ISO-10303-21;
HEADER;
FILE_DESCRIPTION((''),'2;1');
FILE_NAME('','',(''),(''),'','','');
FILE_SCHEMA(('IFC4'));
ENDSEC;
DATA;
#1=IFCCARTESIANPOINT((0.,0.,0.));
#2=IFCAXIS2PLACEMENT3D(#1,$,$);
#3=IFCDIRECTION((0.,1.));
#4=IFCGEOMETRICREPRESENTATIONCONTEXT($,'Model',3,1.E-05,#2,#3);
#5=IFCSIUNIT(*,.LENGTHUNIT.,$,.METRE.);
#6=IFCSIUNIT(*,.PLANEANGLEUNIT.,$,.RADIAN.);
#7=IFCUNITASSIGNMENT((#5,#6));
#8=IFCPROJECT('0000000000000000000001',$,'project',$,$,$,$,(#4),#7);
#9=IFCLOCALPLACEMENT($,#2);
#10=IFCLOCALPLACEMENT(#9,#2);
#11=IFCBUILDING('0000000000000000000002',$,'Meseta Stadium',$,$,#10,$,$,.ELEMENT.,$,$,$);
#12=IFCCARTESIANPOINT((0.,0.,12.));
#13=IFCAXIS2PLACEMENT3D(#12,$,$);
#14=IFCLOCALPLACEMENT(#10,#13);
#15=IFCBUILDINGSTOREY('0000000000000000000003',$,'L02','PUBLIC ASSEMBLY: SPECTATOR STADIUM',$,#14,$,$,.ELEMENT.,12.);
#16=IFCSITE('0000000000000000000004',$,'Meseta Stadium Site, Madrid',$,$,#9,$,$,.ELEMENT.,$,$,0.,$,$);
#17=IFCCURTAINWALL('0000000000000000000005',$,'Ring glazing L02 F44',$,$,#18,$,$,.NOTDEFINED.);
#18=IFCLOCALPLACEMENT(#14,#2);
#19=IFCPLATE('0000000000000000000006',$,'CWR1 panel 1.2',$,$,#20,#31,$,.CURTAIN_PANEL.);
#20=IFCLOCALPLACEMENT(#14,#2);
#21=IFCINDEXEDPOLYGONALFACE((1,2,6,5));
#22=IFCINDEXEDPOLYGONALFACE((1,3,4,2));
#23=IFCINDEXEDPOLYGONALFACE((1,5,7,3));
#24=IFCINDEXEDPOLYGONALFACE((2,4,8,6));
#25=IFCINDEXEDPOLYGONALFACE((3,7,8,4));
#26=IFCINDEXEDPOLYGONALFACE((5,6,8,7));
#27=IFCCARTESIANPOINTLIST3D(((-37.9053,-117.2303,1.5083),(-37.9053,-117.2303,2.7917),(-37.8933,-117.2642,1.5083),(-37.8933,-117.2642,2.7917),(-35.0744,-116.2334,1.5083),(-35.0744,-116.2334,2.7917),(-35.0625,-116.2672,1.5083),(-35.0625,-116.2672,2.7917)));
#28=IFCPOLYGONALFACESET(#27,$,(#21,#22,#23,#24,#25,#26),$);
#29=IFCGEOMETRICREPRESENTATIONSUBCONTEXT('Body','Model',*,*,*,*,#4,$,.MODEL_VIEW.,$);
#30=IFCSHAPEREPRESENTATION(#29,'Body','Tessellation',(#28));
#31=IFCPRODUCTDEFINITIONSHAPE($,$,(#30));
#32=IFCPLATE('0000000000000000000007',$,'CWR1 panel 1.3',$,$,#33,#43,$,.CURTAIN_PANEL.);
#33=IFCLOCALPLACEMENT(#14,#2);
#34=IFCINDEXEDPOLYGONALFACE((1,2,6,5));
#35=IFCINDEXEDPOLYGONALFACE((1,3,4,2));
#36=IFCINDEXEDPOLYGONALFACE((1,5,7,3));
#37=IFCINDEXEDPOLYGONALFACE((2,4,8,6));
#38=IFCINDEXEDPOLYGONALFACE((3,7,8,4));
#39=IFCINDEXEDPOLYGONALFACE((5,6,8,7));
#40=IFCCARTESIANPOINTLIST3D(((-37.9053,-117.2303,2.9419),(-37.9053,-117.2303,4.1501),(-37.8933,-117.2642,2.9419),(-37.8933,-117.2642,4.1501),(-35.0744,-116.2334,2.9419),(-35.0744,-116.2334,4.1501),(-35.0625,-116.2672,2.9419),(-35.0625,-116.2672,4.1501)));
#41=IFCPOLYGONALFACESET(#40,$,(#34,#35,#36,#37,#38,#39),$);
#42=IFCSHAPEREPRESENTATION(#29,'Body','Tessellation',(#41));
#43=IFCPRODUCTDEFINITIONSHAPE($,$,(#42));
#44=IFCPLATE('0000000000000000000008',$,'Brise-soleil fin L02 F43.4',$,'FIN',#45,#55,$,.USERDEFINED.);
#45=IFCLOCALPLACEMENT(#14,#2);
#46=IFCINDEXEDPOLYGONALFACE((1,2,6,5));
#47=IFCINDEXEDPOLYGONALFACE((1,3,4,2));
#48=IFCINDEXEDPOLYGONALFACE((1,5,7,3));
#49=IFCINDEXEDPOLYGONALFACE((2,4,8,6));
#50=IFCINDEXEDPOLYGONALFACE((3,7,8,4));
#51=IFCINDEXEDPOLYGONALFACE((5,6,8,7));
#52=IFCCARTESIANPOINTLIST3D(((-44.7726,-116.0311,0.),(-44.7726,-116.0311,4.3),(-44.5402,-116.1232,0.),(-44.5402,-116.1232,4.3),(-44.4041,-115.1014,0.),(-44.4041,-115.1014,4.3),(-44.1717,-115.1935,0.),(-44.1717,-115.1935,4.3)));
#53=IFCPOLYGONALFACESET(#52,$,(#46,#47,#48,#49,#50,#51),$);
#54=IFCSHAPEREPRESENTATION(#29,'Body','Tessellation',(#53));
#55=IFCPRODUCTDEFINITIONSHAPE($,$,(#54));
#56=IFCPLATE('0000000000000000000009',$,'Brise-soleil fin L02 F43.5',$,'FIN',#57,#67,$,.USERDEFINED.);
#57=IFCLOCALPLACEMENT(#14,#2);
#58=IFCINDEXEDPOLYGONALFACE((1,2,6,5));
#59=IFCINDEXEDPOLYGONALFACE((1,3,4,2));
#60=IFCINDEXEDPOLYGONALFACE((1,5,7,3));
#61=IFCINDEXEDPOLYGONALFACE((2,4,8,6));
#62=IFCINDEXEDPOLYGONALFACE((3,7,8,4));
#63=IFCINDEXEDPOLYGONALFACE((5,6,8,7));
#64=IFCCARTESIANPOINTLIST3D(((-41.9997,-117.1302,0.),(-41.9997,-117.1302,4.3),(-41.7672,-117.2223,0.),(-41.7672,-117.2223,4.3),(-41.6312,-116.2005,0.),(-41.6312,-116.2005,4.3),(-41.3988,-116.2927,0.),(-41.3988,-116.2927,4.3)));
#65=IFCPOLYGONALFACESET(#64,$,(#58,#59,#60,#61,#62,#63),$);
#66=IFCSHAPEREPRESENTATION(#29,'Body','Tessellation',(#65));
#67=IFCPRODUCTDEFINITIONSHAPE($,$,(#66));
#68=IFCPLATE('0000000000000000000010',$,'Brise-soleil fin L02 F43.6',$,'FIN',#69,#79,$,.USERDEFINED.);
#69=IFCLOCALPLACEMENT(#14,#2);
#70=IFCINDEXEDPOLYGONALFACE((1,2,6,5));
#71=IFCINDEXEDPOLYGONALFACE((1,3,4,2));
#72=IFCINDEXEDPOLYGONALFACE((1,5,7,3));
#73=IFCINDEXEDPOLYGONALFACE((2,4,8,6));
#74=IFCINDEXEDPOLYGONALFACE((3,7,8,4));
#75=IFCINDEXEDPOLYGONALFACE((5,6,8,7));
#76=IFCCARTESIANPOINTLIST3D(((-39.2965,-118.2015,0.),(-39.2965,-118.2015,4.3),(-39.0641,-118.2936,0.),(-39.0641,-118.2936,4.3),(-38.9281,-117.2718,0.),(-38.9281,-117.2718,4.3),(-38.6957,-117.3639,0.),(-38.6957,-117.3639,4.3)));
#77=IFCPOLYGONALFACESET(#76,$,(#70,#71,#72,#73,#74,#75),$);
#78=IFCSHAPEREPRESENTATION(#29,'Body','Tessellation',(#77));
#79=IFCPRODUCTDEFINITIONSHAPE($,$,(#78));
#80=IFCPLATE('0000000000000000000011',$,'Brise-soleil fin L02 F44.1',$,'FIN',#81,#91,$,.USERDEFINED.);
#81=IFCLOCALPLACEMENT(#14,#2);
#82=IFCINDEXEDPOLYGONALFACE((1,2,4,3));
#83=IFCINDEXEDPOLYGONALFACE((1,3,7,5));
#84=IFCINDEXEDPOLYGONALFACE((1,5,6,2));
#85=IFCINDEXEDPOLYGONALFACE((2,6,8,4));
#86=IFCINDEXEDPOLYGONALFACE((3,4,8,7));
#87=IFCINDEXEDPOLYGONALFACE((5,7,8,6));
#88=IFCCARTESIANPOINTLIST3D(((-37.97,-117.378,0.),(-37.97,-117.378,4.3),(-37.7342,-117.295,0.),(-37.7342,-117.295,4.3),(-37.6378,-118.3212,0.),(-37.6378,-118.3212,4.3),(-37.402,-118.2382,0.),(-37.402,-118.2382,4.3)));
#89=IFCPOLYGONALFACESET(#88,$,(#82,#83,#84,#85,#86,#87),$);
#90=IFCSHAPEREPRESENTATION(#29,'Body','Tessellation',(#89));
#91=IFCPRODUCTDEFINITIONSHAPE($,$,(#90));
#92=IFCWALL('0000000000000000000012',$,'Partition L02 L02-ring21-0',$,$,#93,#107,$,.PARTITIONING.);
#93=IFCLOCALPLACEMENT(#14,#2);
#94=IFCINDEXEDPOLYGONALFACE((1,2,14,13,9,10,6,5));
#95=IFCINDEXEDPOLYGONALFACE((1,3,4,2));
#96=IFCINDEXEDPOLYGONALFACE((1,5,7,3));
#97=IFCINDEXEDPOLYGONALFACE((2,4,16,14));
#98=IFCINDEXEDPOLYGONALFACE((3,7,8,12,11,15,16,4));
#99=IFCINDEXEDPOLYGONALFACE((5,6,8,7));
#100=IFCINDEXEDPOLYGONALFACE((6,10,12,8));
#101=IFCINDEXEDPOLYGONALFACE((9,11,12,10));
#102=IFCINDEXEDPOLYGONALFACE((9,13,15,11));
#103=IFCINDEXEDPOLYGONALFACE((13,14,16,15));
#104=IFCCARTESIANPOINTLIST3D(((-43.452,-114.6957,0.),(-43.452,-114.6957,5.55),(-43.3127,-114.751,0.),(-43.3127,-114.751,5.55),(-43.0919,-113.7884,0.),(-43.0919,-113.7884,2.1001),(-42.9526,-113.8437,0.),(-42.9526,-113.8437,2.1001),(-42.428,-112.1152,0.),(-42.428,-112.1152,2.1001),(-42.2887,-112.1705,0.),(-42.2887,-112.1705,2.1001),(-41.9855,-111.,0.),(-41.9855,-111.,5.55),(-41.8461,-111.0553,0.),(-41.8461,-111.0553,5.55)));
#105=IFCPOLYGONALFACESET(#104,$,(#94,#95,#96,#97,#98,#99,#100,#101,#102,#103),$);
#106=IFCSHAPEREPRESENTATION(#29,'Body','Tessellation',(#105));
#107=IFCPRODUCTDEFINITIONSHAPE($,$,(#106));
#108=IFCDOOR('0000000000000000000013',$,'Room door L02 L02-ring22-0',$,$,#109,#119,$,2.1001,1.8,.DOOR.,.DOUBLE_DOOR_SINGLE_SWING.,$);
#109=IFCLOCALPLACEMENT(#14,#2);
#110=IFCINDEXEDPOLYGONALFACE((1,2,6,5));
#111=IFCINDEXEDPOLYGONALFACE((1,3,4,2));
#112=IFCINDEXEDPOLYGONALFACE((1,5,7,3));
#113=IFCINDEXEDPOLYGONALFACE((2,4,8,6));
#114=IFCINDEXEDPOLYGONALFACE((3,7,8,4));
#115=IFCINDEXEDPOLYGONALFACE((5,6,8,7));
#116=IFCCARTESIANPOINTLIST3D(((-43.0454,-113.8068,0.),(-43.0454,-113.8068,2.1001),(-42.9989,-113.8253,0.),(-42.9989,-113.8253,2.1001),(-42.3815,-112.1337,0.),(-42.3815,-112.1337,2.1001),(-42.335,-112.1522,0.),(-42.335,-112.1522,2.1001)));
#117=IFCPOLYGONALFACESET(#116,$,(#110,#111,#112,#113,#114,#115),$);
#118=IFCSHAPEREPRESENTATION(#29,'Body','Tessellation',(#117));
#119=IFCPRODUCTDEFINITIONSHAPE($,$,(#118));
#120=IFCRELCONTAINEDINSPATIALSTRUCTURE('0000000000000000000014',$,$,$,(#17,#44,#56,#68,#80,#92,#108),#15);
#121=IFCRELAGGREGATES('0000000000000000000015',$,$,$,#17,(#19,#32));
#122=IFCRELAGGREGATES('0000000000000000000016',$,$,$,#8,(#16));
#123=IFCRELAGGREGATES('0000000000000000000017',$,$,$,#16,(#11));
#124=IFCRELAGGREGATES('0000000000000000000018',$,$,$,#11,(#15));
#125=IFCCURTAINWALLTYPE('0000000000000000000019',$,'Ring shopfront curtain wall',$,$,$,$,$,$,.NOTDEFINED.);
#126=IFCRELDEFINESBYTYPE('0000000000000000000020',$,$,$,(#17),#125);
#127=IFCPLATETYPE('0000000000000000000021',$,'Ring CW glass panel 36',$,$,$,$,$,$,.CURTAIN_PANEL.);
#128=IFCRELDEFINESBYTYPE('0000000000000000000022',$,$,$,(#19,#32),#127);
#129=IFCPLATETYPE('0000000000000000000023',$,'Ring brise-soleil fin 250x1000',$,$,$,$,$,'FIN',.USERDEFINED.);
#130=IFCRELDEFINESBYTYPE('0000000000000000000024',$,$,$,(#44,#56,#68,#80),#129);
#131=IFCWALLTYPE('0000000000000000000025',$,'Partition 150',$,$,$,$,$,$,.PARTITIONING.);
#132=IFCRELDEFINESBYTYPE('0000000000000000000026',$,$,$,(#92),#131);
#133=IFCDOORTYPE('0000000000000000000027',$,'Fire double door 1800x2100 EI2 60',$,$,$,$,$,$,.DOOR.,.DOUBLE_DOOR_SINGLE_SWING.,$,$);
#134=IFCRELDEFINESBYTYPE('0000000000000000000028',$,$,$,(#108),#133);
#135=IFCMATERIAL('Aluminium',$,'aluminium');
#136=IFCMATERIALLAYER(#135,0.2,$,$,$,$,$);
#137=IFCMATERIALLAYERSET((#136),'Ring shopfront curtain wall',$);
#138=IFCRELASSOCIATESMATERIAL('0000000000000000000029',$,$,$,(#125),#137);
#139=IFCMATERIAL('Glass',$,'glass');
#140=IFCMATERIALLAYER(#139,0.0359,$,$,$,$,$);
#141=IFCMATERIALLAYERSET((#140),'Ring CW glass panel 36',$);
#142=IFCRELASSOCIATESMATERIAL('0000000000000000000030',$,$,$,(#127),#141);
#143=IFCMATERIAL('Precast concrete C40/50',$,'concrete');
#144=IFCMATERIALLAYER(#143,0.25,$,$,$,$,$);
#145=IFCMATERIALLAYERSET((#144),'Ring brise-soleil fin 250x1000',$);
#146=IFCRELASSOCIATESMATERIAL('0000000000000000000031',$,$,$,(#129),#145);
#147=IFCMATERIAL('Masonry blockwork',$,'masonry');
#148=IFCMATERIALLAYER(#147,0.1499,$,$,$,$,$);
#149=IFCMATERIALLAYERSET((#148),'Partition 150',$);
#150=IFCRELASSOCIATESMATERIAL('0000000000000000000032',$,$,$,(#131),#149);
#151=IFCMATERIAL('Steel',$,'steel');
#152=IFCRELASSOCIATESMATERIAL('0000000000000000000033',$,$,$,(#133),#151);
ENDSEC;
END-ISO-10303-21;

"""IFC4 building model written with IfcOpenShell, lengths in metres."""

from ifc_helpers import new_model, si_unit, direction, frame, frame_2d, origin, origin_2d, place, context, subcontext, project, spatial, rectangle, extrude, material, layer, layer_set, type_object, element, fill, aggregate, save


model = new_model("IFC4")

# Units and contexts
model_context = context("Model", 3, precision=1e-05, world=origin(), true_north=direction((0.0, 1.0)))
body_context = subcontext(model_context, "Body", "Model", "MODEL_VIEW")
ifc_project = project(units=[si_unit("LENGTHUNIT", "METRE"), si_unit("PLANEANGLEUNIT", "RADIAN")], contexts=[model_context])

# Site, building, storey
site_placement = place(None, origin())
site = spatial("IfcSite", under=ifc_project, at=site_placement, Name="Meseta Stadium Site, Madrid", CompositionType="ELEMENT", RefElevation=0.0)
building_placement = place(site_placement, origin())
building = spatial("IfcBuilding", under=site, at=building_placement, Name="Meseta Stadium", CompositionType="ELEMENT")
storey_placement = place(building_placement, frame((0.0, 0.0, 12.0)))
storey = spatial("IfcBuildingStorey", under=building, at=storey_placement, Name="L02", Description="PUBLIC ASSEMBLY: SPECTATOR STADIUM", CompositionType="ELEMENT", Elevation=12.0)

# Curtain wall
ifc_material_1 = material(Name="Aluminium", Category="aluminium")
ifc_layer_1 = layer(ifc_material_1, 0.2)
ifc_layer_set_1 = layer_set([ifc_layer_1], Name="Ring shopfront curtain wall")
curtain_wall_type = type_object("IfcCurtainWallType", Name="Ring shopfront curtain wall", PredefinedType="NOTDEFINED", material=ifc_layer_set_1)
curtain_wall_1_placement = place(storey_placement, origin())
curtain_wall_1 = element("IfcCurtainWall", 1, at=curtain_wall_1_placement, inside=storey, type_object=curtain_wall_type, Name="Ring glazing L02 F44", PredefinedType="NOTDEFINED")

# Plates
ifc_material_2 = material(Name="Glass", Category="glass")
ifc_layer_2 = layer(ifc_material_2, 0.0359)
ifc_layer_set_2 = layer_set([ifc_layer_2], Name="Ring CW glass panel 36")
plate_type_1 = type_object("IfcPlateType", Name="Ring CW glass panel 36", PredefinedType="CURTAIN_PANEL", material=ifc_layer_set_2)
plate_1_placement = place(storey_placement, frame((-36.4839, -116.7488, 1.5083), z_axis=(0.0, 0.0, 1.0), x_axis=(0.943218, 0.332174, 0.0)))
plate_1 = element("IfcPlate", 2, at=plate_1_placement, type_object=plate_type_1, Name="CWR1 panel 1.2", PredefinedType="CURTAIN_PANEL", context=body_context, shape_type="SweptSolid", body=[
    extrude(rectangle(XDim=3.0012, YDim=0.0359, at=origin_2d()), origin(), (0.0, 0.0, 1.0), 1.2834),
])
plate_2_placement = place(storey_placement, frame((-36.4839, -116.7488, 2.9419), z_axis=(0.0, 0.0, 1.0), x_axis=(0.943218, 0.332174, 0.0)))
plate_2 = element("IfcPlate", 3, at=plate_2_placement, type_object=plate_type_1, Name="CWR1 panel 1.3", PredefinedType="CURTAIN_PANEL", context=body_context, shape_type="SweptSolid", body=[
    extrude(rectangle(XDim=3.0012, YDim=0.0359, at=origin_2d()), origin(), (0.0, 0.0, 1.0), 1.2083),
])
aggregate(curtain_wall_1, [plate_1, plate_2])

# Plates
ifc_material_3 = material(Name="Precast concrete C40/50", Category="concrete")
ifc_layer_3 = layer(ifc_material_3, 0.25)
ifc_layer_set_3 = layer_set([ifc_layer_3], Name="Ring brise-soleil fin 250x1000")
plate_type_2 = type_object("IfcPlateType", Name="Ring brise-soleil fin 250x1000", ElementType="FIN", PredefinedType="USERDEFINED", material=ifc_layer_set_3)
for number, where, z_axis, x_axis, name in (
    (4, (-44.4722, -115.6123, 0.0), (0.0, 0.0, 1.0), (0.929647, -0.368451, 0.0), "Brise-soleil fin L02 F43.4"),
    (5, (-41.6992, -116.7114, 0.0), (0.0, 0.0, 1.0), (0.929647, -0.368451, 0.0), "Brise-soleil fin L02 F43.5"),
    (6, (-38.9961, -117.7827, 0.0), (0.0, 0.0, 1.0), (0.929647, -0.368451, 0.0), "Brise-soleil fin L02 F43.6"),
    (7, (-37.686, -117.8081, 0.0), (0.0, 0.0, 1.0), (0.943217, 0.332176, 0.0), "Brise-soleil fin L02 F44.1"),
):
    element("IfcPlate", number, at=place(storey_placement, frame(where, z_axis=z_axis, x_axis=x_axis)), inside=storey, type_object=plate_type_2, Name=name, ObjectType="FIN", PredefinedType="USERDEFINED", context=body_context, shape_type="SweptSolid", body=[
        extrude(rectangle(XDim=0.25, YDim=1.0, at=origin_2d()), origin(), (0.0, 0.0, 1.0), 4.3),
    ])

# Wall, opening, door
ifc_material_4 = material(Name="Masonry blockwork", Category="masonry")
ifc_layer_4 = layer(ifc_material_4, 0.1499)
ifc_layer_set_4 = layer_set([ifc_layer_4], Name="Partition 150")
wall_type = type_object("IfcWallType", Name="Partition 150", PredefinedType="PARTITIONING", material=ifc_layer_set_4)
wall_placement = place(storey_placement, frame((-43.3823, -114.7234, 0.0), z_axis=(0.0, 0.0, 1.0), x_axis=(0.368838, 0.929494, 0.0)))
wall = element("IfcWall", 8, at=wall_placement, inside=storey, type_object=wall_type, Name="Partition L02 L02-ring21-0", PredefinedType="PARTITIONING", context=body_context, shape_type="SweptSolid", body=[
    extrude(rectangle(XDim=3.9761, YDim=0.1499, at=frame_2d((1.988, 0.0))), origin(), (0.0, 0.0, 1.0), 5.55),
])
opening_placement = place(wall_placement, frame((0.9763, 0.0, 0.0)))
opening = element("IfcOpeningElement", 9, at=opening_placement, cuts=wall, PredefinedType="OPENING", context=body_context, shape_type="SweptSolid", body=[
    extrude(rectangle(XDim=1.8, YDim=2.1001, at=frame_2d((0.8999, 1.05))), frame((0.0, 0.085, 0.0), z_axis=(0.0, -1.0, 0.0), x_axis=(1.0, 0.0, 0.0)), (0.0, 0.0, 1.0), 0.1699),
])
ifc_material_5 = material(Name="Steel", Category="steel")
door_type = type_object("IfcDoorType", Name="Fire double door 1800x2100 EI2 60", OperationType="DOUBLE_DOOR_SINGLE_SWING", PredefinedType="DOOR", material=ifc_material_5)
door_placement = place(opening_placement, origin())
door = element("IfcDoor", 10, at=door_placement, inside=storey, type_object=door_type, Name="Room door L02 L02-ring22-0", OperationType="DOUBLE_DOOR_SINGLE_SWING", OverallHeight=2.1001, OverallWidth=1.8, PredefinedType="DOOR", context=body_context, shape_type="SweptSolid", body=[
    extrude(rectangle(XDim=1.8, YDim=2.1001, at=frame_2d((0.8999, 1.05))), frame((0.0, 0.0249, 0.0), z_axis=(0.0, -1.0, 0.0), x_axis=(1.0, 0.0, 0.0)), (0.0, 0.0, 1.0), 0.05),
])
fill(opening, door)

save(model, "model.ifc")
